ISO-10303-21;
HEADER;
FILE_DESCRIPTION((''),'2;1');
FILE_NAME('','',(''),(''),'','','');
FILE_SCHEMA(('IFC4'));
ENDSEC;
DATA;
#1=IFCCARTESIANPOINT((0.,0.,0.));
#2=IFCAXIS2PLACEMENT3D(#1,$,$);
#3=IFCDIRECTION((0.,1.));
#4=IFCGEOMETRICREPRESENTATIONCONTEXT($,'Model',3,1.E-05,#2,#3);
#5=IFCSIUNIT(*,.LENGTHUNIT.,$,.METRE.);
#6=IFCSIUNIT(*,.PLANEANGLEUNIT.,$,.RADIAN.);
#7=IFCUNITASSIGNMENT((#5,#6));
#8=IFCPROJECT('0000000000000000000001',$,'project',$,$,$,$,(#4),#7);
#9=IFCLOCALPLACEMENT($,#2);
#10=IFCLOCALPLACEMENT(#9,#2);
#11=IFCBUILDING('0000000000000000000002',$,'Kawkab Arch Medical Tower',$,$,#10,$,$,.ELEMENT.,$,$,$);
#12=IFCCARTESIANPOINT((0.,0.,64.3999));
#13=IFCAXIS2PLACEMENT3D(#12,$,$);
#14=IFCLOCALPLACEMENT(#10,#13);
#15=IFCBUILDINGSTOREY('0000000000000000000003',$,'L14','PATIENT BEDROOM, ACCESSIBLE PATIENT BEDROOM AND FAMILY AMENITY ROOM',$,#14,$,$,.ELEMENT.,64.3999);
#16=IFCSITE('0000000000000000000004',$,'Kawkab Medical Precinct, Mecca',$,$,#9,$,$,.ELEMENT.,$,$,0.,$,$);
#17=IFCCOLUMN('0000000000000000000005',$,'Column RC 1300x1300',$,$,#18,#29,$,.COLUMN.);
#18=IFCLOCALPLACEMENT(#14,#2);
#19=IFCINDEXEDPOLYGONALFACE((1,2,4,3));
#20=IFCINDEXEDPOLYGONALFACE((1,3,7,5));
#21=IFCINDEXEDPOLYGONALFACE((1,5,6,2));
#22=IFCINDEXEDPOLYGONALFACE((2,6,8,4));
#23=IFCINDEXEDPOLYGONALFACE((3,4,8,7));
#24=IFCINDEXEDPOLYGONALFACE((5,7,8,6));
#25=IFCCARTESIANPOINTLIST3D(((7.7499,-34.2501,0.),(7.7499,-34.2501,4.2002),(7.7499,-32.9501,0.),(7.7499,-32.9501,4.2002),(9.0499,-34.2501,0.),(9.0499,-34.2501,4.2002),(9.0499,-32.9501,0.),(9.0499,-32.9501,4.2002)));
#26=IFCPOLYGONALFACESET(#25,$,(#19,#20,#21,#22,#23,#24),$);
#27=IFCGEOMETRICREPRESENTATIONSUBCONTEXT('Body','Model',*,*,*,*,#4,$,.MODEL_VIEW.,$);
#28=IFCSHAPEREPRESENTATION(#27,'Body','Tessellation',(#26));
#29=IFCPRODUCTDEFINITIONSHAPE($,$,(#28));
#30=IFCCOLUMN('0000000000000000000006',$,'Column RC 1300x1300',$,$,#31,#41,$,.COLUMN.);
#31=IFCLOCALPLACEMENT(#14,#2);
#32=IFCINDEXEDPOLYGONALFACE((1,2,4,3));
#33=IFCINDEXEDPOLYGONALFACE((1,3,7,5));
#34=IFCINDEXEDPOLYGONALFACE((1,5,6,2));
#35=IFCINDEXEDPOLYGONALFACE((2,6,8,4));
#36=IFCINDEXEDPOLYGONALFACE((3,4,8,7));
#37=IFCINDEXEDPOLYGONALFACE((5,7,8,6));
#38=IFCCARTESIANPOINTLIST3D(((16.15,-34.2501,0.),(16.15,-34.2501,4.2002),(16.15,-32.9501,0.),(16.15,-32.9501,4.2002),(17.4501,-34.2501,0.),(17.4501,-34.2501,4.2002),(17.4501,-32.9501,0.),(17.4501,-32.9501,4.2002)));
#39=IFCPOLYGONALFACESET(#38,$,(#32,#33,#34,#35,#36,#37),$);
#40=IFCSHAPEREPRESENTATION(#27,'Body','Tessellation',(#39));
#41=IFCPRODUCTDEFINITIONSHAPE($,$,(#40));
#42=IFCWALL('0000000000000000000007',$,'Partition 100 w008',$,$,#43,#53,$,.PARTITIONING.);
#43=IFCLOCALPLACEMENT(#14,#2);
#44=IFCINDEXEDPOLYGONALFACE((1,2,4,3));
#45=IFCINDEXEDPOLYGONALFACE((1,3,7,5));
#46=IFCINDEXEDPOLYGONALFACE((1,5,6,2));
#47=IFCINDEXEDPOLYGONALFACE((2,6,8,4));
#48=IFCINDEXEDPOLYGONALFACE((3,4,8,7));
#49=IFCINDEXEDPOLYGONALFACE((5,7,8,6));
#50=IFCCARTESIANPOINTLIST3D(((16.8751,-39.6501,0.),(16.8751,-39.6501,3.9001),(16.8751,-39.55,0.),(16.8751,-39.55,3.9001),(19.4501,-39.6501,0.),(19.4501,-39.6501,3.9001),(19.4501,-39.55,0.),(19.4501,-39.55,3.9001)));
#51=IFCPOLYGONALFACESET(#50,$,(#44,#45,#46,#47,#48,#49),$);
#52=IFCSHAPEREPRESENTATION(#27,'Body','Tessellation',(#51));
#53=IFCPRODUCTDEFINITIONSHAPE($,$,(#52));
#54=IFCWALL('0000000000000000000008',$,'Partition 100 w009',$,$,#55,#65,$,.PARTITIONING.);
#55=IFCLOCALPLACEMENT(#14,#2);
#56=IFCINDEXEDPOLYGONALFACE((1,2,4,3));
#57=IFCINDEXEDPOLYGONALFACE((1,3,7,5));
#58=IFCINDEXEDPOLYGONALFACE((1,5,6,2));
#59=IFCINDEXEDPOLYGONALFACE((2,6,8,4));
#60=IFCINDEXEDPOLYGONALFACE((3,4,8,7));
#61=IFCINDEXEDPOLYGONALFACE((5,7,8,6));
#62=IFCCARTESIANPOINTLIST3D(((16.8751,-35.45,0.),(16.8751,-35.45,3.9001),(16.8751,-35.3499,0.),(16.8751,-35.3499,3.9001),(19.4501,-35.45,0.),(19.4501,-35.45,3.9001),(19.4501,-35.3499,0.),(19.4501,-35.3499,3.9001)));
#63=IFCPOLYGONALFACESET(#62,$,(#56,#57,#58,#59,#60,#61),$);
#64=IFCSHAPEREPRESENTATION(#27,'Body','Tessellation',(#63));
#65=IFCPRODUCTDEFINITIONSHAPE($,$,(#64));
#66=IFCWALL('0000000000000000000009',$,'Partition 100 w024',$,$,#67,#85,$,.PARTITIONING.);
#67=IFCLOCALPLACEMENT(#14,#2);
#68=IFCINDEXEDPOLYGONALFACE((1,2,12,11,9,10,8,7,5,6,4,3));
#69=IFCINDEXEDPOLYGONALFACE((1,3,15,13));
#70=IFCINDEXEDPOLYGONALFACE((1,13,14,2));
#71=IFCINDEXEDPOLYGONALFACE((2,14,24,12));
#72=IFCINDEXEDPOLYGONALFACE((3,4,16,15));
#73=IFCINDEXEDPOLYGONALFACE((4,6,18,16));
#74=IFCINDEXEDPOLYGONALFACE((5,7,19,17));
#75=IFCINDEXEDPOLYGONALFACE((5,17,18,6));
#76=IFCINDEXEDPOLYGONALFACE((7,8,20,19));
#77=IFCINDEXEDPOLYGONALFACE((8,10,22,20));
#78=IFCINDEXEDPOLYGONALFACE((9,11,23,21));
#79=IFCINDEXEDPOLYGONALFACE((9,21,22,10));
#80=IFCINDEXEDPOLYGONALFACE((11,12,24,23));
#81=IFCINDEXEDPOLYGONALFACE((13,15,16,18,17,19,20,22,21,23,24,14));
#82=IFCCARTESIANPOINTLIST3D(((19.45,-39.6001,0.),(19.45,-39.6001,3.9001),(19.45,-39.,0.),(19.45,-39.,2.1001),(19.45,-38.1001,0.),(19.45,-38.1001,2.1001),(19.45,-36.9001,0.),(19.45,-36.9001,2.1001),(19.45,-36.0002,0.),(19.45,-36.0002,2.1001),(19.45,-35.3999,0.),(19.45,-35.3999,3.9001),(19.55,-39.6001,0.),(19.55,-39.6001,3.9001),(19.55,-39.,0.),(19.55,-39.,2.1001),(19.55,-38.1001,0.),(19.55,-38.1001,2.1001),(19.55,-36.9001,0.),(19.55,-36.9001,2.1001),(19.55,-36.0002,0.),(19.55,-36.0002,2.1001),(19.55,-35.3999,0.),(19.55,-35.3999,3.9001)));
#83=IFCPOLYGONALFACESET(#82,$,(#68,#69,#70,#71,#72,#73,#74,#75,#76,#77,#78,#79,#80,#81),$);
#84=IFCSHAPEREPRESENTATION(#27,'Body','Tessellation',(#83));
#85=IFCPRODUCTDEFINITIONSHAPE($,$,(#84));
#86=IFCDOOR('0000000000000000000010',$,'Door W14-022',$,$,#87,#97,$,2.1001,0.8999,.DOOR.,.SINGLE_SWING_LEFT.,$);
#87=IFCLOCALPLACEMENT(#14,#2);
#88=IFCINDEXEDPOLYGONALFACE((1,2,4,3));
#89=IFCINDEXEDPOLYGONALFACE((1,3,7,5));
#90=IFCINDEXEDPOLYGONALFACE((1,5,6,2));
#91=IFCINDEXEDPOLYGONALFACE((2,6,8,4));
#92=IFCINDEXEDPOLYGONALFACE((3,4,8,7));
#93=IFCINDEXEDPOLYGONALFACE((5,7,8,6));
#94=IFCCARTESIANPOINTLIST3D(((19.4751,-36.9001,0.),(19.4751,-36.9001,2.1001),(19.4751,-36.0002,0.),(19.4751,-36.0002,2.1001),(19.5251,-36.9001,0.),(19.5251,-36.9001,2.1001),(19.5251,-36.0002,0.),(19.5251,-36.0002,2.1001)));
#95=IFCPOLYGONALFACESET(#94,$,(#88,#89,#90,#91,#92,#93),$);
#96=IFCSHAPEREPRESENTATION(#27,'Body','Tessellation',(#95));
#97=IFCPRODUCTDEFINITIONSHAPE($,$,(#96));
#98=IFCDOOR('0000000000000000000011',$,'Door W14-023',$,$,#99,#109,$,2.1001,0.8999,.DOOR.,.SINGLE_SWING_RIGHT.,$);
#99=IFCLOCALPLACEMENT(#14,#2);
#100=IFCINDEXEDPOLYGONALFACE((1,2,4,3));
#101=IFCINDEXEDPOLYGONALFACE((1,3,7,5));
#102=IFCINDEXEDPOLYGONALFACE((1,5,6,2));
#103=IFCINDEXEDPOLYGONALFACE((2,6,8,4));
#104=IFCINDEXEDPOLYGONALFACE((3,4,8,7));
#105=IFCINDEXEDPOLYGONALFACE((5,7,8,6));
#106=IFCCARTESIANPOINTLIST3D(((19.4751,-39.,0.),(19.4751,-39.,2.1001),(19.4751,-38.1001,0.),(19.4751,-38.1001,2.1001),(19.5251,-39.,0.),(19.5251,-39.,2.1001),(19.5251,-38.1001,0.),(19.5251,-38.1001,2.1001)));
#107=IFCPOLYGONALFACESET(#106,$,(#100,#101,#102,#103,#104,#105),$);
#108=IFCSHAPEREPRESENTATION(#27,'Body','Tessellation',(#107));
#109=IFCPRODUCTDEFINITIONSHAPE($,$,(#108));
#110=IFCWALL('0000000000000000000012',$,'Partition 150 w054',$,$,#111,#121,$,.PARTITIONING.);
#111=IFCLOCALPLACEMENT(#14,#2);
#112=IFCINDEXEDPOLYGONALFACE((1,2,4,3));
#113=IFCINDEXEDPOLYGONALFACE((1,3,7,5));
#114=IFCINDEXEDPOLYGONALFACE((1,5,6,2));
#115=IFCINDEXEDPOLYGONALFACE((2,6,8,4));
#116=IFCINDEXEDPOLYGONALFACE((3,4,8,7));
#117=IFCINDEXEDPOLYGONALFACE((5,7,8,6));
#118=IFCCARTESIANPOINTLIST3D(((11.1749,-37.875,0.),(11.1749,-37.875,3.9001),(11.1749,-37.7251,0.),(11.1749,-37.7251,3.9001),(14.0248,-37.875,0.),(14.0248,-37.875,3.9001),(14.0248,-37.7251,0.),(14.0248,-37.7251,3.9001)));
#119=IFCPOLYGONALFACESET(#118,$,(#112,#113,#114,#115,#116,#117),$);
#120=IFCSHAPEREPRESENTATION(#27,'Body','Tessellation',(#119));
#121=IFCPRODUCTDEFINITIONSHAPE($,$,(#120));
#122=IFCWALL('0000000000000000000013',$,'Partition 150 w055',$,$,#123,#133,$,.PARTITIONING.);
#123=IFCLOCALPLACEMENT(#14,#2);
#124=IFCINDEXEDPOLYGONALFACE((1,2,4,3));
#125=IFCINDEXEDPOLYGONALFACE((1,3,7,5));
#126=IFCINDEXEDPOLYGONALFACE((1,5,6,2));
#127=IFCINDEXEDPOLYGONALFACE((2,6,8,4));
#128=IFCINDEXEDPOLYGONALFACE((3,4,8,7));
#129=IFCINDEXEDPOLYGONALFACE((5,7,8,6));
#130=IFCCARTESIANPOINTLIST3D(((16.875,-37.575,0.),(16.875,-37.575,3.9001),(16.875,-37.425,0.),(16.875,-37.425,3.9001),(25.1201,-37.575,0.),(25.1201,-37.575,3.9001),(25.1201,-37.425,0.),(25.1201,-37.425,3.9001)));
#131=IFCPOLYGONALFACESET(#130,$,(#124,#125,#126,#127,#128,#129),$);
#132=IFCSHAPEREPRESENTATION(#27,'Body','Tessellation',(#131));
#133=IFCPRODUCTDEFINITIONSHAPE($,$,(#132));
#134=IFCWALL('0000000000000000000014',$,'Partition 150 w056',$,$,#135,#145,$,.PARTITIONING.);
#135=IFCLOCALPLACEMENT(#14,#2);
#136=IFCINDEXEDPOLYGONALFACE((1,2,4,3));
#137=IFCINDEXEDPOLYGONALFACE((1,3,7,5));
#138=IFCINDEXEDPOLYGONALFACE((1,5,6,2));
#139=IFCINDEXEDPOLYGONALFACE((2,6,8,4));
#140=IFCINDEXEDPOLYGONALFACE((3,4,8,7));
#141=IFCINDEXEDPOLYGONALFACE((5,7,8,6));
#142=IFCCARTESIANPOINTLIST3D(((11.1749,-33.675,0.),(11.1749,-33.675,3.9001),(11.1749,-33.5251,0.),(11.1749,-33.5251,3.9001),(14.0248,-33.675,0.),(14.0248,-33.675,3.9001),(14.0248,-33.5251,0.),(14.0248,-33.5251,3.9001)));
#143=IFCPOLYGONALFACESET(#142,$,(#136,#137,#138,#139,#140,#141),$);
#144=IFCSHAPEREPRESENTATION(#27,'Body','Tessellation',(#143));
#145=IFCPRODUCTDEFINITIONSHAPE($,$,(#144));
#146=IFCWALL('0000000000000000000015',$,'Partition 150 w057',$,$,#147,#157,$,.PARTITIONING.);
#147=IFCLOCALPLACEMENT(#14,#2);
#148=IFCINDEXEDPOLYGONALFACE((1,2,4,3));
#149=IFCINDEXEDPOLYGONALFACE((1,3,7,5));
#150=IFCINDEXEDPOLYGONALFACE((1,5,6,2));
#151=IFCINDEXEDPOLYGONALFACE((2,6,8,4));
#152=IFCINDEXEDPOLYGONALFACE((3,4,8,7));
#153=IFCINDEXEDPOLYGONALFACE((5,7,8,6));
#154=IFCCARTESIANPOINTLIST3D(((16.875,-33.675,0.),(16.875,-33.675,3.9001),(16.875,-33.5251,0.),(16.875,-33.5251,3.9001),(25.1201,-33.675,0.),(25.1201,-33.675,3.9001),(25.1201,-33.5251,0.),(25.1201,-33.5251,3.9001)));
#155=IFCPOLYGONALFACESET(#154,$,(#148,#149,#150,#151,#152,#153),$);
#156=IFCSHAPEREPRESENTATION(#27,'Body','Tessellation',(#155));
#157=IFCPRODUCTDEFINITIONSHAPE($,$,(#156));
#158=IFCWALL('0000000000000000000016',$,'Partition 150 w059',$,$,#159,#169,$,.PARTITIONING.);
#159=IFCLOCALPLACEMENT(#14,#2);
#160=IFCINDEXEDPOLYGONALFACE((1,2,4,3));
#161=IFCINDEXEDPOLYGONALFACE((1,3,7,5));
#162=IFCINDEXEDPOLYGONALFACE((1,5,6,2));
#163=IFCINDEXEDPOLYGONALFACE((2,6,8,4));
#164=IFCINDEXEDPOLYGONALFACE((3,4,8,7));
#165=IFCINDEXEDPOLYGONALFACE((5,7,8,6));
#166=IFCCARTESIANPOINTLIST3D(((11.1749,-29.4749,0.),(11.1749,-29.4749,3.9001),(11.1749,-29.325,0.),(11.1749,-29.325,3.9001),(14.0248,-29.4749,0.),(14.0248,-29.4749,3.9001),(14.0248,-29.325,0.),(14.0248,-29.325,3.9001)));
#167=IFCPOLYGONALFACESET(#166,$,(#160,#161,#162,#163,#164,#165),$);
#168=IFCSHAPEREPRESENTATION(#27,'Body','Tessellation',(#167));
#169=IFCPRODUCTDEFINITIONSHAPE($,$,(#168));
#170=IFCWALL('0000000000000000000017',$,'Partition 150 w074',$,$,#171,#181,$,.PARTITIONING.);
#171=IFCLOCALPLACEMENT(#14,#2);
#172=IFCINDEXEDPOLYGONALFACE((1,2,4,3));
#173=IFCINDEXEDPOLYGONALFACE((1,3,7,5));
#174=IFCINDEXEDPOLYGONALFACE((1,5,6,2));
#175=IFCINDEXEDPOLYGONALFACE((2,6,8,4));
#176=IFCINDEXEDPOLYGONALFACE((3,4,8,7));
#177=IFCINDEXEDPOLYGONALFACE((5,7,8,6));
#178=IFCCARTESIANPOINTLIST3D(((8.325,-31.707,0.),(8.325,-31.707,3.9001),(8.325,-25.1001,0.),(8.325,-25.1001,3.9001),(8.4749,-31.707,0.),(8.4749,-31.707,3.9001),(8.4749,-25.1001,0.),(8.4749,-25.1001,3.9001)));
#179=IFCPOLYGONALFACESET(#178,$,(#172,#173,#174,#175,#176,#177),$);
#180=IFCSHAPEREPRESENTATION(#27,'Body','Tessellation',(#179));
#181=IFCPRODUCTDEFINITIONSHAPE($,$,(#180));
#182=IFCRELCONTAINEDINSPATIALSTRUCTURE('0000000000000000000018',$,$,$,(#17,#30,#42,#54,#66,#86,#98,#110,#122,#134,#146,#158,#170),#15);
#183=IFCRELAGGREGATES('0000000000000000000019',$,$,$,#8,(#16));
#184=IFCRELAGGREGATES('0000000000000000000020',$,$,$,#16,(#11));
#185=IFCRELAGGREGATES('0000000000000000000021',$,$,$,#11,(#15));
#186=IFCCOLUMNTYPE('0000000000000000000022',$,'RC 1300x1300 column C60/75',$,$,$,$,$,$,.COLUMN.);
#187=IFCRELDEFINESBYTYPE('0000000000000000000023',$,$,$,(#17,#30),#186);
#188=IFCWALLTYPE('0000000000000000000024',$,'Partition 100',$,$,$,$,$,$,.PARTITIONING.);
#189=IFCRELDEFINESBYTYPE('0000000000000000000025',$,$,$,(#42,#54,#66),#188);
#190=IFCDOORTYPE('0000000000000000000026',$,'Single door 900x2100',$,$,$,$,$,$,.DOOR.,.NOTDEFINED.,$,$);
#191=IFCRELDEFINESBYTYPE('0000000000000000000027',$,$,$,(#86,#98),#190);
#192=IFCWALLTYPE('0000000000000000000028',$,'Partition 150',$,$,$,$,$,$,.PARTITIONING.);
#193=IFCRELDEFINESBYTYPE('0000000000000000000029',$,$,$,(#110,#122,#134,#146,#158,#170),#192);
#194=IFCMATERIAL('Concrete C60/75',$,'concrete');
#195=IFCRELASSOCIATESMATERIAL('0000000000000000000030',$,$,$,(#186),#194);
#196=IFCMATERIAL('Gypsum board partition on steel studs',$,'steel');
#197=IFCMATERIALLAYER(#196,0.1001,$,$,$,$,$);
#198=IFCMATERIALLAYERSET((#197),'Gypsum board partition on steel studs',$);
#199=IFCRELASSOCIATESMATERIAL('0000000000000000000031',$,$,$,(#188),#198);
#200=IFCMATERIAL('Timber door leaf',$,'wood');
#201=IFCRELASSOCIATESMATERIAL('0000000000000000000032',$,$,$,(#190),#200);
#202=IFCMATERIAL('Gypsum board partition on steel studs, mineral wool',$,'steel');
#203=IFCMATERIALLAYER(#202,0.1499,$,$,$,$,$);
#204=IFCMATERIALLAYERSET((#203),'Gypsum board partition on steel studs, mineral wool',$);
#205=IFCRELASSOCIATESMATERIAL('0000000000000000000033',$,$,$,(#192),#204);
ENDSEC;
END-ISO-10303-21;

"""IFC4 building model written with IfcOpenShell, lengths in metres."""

from ifc_helpers import new_model, si_unit, direction, frame, frame_2d, origin, origin_2d, place, context, subcontext, project, spatial, rectangle, extrude, material, layer, layer_set, material_profile, profile_set, type_object, element, fill, save


model = new_model("IFC4")

# Units and contexts
model_context = context("Model", 3, precision=1e-05, world=origin(), true_north=direction((0.0, 1.0)))
body_context = subcontext(model_context, "Body", "Model", "MODEL_VIEW")
ifc_project = project(units=[si_unit("LENGTHUNIT", "METRE"), si_unit("PLANEANGLEUNIT", "RADIAN")], contexts=[model_context])

# Site, building, storey
site_placement = place(None, origin())
site = spatial("IfcSite", under=ifc_project, at=site_placement, Name="Kawkab Medical Precinct, Mecca", CompositionType="ELEMENT", RefElevation=0.0)
building_placement = place(site_placement, origin())
building = spatial("IfcBuilding", under=site, at=building_placement, Name="Kawkab Arch Medical Tower", CompositionType="ELEMENT")
storey_placement = place(building_placement, frame((0.0, 0.0, 64.3999)))
storey = spatial("IfcBuildingStorey", under=building, at=storey_placement, Name="L14", Description="PATIENT BEDROOM, ACCESSIBLE PATIENT BEDROOM AND FAMILY AMENITY ROOM", CompositionType="ELEMENT", Elevation=64.3999)

# Columns
ifc_material_1 = material(Name="Concrete C60/75", Category="concrete")
ifc_material_profile = material_profile(ifc_material_1, rectangle(XDim=1.3, YDim=1.3, at=origin_2d()), Name="RC 1300x1300")
ifc_profile_set = profile_set([ifc_material_profile], Name="Concrete C60/75")
column_type = type_object("IfcColumnType", Name="RC 1300x1300 column C60/75", PredefinedType="COLUMN", material=ifc_profile_set)
for number, where, z_axis, x_axis, name in (
    (1, (8.3999, -33.6001, 0.0), (0.0, 0.0, 1.0), (1.0, 0.0, 0.0), "Column RC 1300x1300"),
    (2, (16.8, -33.6001, 0.0), (0.0, 0.0, 1.0), (1.0, 0.0, 0.0), "Column RC 1300x1300"),
):
    element("IfcColumn", number, at=place(storey_placement, frame(where, z_axis=z_axis, x_axis=x_axis)), inside=storey, type_object=column_type, Name=name, PredefinedType="COLUMN", context=body_context, shape_type="SweptSolid", body=[
        extrude(rectangle(XDim=1.3, YDim=1.3, at=origin_2d()), origin(), (0.0, 0.0, 1.0), 4.2002),
    ])

# Walls
ifc_material_2 = material(Name="Gypsum board partition on steel studs", Category="steel")
ifc_layer_1 = layer(ifc_material_2, 0.1001)
ifc_layer_set_1 = layer_set([ifc_layer_1], Name="Gypsum board partition on steel studs")
wall_type_1 = type_object("IfcWallType", Name="Partition 100", PredefinedType="PARTITIONING", material=ifc_layer_set_1)
for number, where, z_axis, x_axis, name in (
    (3, (16.875, -39.6001, 0.0), (0.0, 0.0, 1.0), (1.0, 0.0, 0.0), "Partition 100 w008"),
    (4, (16.875, -35.3999, 0.0), (0.0, 0.0, 1.0), (1.0, 0.0, 0.0), "Partition 100 w009"),
):
    element("IfcWall", number, at=place(storey_placement, frame(where, z_axis=z_axis, x_axis=x_axis)), inside=storey, type_object=wall_type_1, Name=name, PredefinedType="PARTITIONING", context=body_context, shape_type="SweptSolid", body=[
        extrude(rectangle(XDim=2.575, YDim=0.1001, at=frame_2d((1.2876, 0.0))), origin(), (0.0, 0.0, 1.0), 3.9001),
    ])

# Wall, openings, doors
wall_1_placement = place(storey_placement, frame((19.5, -39.6001, 0.0), z_axis=(0.0, 0.0, 1.0), x_axis=(0.0, 1.0, 0.0)))
wall_1 = element("IfcWall", 5, at=wall_1_placement, inside=storey, type_object=wall_type_1, Name="Partition 100 w024", PredefinedType="PARTITIONING", context=body_context, shape_type="SweptSolid", body=[
    extrude(rectangle(XDim=4.2002, YDim=0.1001, at=frame_2d((2.1001, 0.0))), origin(), (0.0, 0.0, 1.0), 3.9001),
])
opening_1_placement = place(wall_1_placement, frame((2.7, 0.0, 0.0)))
opening_1 = element("IfcOpeningElement", 6, at=opening_1_placement, cuts=wall_1, PredefinedType="OPENING", context=body_context, shape_type="SweptSolid", body=[
    extrude(rectangle(XDim=0.8999, YDim=2.1001, at=frame_2d((0.45, 1.05))), frame((0.0, 0.0601, 0.0), z_axis=(0.0, -1.0, 0.0), x_axis=(1.0, 0.0, 0.0)), (0.0, 0.0, 1.0), 0.1201),
])
opening_2_placement = place(wall_1_placement, frame((0.6001, 0.0, 0.0)))
opening_2 = element("IfcOpeningElement", 7, at=opening_2_placement, cuts=wall_1, PredefinedType="OPENING", context=body_context, shape_type="SweptSolid", body=[
    extrude(rectangle(XDim=0.8999, YDim=2.1001, at=frame_2d((0.45, 1.05))), frame((0.0, 0.0601, 0.0), z_axis=(0.0, -1.0, 0.0), x_axis=(1.0, 0.0, 0.0)), (0.0, 0.0, 1.0), 0.1201),
])
ifc_material_3 = material(Name="Timber door leaf", Category="wood")
door_type = type_object("IfcDoorType", Name="Single door 900x2100", OperationType="NOTDEFINED", PredefinedType="DOOR", material=ifc_material_3)
door_1_placement = place(opening_1_placement, origin())
door_1 = element("IfcDoor", 8, at=door_1_placement, inside=storey, type_object=door_type, Name="Door W14-022", OperationType="SINGLE_SWING_LEFT", OverallHeight=2.1001, OverallWidth=0.8999, PredefinedType="DOOR", context=body_context, shape_type="SweptSolid", body=[
    extrude(rectangle(XDim=0.8999, YDim=2.1001, at=frame_2d((0.45, 1.05))), frame((0.0, 0.0249, 0.0), z_axis=(0.0, -1.0, 0.0), x_axis=(1.0, 0.0, 0.0)), (0.0, 0.0, 1.0), 0.05),
])
fill(opening_1, door_1)
door_2_placement = place(opening_2_placement, origin())
door_2 = element("IfcDoor", 9, at=door_2_placement, inside=storey, type_object=door_type, Name="Door W14-023", OperationType="SINGLE_SWING_RIGHT", OverallHeight=2.1001, OverallWidth=0.8999, PredefinedType="DOOR", context=body_context, shape_type="SweptSolid", body=[
    extrude(rectangle(XDim=0.8999, YDim=2.1001, at=frame_2d((0.45, 1.05))), frame((0.0, 0.0249, 0.0), z_axis=(0.0, -1.0, 0.0), x_axis=(1.0, 0.0, 0.0)), (0.0, 0.0, 1.0), 0.05),
])
fill(opening_2, door_2)

# Walls
ifc_material_4 = material(Name="Gypsum board partition on steel studs, mineral wool", Category="steel")
ifc_layer_2 = layer(ifc_material_4, 0.1499)
ifc_layer_set_2 = layer_set([ifc_layer_2], Name="Gypsum board partition on steel studs, mineral wool")
wall_type_2 = type_object("IfcWallType", Name="Partition 150", PredefinedType="PARTITIONING", material=ifc_layer_set_2)
wall_2_placement = place(storey_placement, frame((11.175, -37.8, 0.0), z_axis=(0.0, 0.0, 1.0), x_axis=(1.0, 0.0, 0.0)))
element("IfcWall", 10, at=wall_2_placement, inside=storey, type_object=wall_type_2, Name="Partition 150 w054", PredefinedType="PARTITIONING", context=body_context, shape_type="SweptSolid", body=[
    extrude(rectangle(XDim=2.8499, YDim=0.1499, at=frame_2d((1.4248, 0.0))), origin(), (0.0, 0.0, 1.0), 3.9001),
])
wall_3_placement = place(storey_placement, frame((16.875, -37.5, 0.0), z_axis=(0.0, 0.0, 1.0), x_axis=(1.0, 0.0, 0.0)))
element("IfcWall", 11, at=wall_3_placement, inside=storey, type_object=wall_type_2, Name="Partition 150 w055", PredefinedType="PARTITIONING", context=body_context, shape_type="SweptSolid", body=[
    extrude(rectangle(XDim=8.2451, YDim=0.1499, at=frame_2d((4.1226, 0.0))), origin(), (0.0, 0.0, 1.0), 3.9001),
])
wall_4_placement = place(storey_placement, frame((11.175, -33.6001, 0.0), z_axis=(0.0, 0.0, 1.0), x_axis=(1.0, 0.0, 0.0)))
element("IfcWall", 12, at=wall_4_placement, inside=storey, type_object=wall_type_2, Name="Partition 150 w056", PredefinedType="PARTITIONING", context=body_context, shape_type="SweptSolid", body=[
    extrude(rectangle(XDim=2.8499, YDim=0.1499, at=frame_2d((1.4248, 0.0))), origin(), (0.0, 0.0, 1.0), 3.9001),
])
wall_5_placement = place(storey_placement, frame((16.875, -33.6001, 0.0), z_axis=(0.0, 0.0, 1.0), x_axis=(1.0, 0.0, 0.0)))
element("IfcWall", 13, at=wall_5_placement, inside=storey, type_object=wall_type_2, Name="Partition 150 w057", PredefinedType="PARTITIONING", context=body_context, shape_type="SweptSolid", body=[
    extrude(rectangle(XDim=8.2451, YDim=0.1499, at=frame_2d((4.1226, 0.0))), origin(), (0.0, 0.0, 1.0), 3.9001),
])
wall_6_placement = place(storey_placement, frame((11.175, -29.3999, 0.0), z_axis=(0.0, 0.0, 1.0), x_axis=(1.0, 0.0, 0.0)))
element("IfcWall", 14, at=wall_6_placement, inside=storey, type_object=wall_type_2, Name="Partition 150 w059", PredefinedType="PARTITIONING", context=body_context, shape_type="SweptSolid", body=[
    extrude(rectangle(XDim=2.8499, YDim=0.1499, at=frame_2d((1.4248, 0.0))), origin(), (0.0, 0.0, 1.0), 3.9001),
])
wall_7_placement = place(storey_placement, frame((8.3999, -31.707, 0.0), z_axis=(0.0, 0.0, 1.0), x_axis=(0.0, 1.0, 0.0)))
element("IfcWall", 15, at=wall_7_placement, inside=storey, type_object=wall_type_2, Name="Partition 150 w074", PredefinedType="PARTITIONING", context=body_context, shape_type="SweptSolid", body=[
    extrude(rectangle(XDim=6.6069, YDim=0.1499, at=frame_2d((3.3035, 0.0))), origin(), (0.0, 0.0, 1.0), 3.9001),
])

save(model, "model.ifc")
